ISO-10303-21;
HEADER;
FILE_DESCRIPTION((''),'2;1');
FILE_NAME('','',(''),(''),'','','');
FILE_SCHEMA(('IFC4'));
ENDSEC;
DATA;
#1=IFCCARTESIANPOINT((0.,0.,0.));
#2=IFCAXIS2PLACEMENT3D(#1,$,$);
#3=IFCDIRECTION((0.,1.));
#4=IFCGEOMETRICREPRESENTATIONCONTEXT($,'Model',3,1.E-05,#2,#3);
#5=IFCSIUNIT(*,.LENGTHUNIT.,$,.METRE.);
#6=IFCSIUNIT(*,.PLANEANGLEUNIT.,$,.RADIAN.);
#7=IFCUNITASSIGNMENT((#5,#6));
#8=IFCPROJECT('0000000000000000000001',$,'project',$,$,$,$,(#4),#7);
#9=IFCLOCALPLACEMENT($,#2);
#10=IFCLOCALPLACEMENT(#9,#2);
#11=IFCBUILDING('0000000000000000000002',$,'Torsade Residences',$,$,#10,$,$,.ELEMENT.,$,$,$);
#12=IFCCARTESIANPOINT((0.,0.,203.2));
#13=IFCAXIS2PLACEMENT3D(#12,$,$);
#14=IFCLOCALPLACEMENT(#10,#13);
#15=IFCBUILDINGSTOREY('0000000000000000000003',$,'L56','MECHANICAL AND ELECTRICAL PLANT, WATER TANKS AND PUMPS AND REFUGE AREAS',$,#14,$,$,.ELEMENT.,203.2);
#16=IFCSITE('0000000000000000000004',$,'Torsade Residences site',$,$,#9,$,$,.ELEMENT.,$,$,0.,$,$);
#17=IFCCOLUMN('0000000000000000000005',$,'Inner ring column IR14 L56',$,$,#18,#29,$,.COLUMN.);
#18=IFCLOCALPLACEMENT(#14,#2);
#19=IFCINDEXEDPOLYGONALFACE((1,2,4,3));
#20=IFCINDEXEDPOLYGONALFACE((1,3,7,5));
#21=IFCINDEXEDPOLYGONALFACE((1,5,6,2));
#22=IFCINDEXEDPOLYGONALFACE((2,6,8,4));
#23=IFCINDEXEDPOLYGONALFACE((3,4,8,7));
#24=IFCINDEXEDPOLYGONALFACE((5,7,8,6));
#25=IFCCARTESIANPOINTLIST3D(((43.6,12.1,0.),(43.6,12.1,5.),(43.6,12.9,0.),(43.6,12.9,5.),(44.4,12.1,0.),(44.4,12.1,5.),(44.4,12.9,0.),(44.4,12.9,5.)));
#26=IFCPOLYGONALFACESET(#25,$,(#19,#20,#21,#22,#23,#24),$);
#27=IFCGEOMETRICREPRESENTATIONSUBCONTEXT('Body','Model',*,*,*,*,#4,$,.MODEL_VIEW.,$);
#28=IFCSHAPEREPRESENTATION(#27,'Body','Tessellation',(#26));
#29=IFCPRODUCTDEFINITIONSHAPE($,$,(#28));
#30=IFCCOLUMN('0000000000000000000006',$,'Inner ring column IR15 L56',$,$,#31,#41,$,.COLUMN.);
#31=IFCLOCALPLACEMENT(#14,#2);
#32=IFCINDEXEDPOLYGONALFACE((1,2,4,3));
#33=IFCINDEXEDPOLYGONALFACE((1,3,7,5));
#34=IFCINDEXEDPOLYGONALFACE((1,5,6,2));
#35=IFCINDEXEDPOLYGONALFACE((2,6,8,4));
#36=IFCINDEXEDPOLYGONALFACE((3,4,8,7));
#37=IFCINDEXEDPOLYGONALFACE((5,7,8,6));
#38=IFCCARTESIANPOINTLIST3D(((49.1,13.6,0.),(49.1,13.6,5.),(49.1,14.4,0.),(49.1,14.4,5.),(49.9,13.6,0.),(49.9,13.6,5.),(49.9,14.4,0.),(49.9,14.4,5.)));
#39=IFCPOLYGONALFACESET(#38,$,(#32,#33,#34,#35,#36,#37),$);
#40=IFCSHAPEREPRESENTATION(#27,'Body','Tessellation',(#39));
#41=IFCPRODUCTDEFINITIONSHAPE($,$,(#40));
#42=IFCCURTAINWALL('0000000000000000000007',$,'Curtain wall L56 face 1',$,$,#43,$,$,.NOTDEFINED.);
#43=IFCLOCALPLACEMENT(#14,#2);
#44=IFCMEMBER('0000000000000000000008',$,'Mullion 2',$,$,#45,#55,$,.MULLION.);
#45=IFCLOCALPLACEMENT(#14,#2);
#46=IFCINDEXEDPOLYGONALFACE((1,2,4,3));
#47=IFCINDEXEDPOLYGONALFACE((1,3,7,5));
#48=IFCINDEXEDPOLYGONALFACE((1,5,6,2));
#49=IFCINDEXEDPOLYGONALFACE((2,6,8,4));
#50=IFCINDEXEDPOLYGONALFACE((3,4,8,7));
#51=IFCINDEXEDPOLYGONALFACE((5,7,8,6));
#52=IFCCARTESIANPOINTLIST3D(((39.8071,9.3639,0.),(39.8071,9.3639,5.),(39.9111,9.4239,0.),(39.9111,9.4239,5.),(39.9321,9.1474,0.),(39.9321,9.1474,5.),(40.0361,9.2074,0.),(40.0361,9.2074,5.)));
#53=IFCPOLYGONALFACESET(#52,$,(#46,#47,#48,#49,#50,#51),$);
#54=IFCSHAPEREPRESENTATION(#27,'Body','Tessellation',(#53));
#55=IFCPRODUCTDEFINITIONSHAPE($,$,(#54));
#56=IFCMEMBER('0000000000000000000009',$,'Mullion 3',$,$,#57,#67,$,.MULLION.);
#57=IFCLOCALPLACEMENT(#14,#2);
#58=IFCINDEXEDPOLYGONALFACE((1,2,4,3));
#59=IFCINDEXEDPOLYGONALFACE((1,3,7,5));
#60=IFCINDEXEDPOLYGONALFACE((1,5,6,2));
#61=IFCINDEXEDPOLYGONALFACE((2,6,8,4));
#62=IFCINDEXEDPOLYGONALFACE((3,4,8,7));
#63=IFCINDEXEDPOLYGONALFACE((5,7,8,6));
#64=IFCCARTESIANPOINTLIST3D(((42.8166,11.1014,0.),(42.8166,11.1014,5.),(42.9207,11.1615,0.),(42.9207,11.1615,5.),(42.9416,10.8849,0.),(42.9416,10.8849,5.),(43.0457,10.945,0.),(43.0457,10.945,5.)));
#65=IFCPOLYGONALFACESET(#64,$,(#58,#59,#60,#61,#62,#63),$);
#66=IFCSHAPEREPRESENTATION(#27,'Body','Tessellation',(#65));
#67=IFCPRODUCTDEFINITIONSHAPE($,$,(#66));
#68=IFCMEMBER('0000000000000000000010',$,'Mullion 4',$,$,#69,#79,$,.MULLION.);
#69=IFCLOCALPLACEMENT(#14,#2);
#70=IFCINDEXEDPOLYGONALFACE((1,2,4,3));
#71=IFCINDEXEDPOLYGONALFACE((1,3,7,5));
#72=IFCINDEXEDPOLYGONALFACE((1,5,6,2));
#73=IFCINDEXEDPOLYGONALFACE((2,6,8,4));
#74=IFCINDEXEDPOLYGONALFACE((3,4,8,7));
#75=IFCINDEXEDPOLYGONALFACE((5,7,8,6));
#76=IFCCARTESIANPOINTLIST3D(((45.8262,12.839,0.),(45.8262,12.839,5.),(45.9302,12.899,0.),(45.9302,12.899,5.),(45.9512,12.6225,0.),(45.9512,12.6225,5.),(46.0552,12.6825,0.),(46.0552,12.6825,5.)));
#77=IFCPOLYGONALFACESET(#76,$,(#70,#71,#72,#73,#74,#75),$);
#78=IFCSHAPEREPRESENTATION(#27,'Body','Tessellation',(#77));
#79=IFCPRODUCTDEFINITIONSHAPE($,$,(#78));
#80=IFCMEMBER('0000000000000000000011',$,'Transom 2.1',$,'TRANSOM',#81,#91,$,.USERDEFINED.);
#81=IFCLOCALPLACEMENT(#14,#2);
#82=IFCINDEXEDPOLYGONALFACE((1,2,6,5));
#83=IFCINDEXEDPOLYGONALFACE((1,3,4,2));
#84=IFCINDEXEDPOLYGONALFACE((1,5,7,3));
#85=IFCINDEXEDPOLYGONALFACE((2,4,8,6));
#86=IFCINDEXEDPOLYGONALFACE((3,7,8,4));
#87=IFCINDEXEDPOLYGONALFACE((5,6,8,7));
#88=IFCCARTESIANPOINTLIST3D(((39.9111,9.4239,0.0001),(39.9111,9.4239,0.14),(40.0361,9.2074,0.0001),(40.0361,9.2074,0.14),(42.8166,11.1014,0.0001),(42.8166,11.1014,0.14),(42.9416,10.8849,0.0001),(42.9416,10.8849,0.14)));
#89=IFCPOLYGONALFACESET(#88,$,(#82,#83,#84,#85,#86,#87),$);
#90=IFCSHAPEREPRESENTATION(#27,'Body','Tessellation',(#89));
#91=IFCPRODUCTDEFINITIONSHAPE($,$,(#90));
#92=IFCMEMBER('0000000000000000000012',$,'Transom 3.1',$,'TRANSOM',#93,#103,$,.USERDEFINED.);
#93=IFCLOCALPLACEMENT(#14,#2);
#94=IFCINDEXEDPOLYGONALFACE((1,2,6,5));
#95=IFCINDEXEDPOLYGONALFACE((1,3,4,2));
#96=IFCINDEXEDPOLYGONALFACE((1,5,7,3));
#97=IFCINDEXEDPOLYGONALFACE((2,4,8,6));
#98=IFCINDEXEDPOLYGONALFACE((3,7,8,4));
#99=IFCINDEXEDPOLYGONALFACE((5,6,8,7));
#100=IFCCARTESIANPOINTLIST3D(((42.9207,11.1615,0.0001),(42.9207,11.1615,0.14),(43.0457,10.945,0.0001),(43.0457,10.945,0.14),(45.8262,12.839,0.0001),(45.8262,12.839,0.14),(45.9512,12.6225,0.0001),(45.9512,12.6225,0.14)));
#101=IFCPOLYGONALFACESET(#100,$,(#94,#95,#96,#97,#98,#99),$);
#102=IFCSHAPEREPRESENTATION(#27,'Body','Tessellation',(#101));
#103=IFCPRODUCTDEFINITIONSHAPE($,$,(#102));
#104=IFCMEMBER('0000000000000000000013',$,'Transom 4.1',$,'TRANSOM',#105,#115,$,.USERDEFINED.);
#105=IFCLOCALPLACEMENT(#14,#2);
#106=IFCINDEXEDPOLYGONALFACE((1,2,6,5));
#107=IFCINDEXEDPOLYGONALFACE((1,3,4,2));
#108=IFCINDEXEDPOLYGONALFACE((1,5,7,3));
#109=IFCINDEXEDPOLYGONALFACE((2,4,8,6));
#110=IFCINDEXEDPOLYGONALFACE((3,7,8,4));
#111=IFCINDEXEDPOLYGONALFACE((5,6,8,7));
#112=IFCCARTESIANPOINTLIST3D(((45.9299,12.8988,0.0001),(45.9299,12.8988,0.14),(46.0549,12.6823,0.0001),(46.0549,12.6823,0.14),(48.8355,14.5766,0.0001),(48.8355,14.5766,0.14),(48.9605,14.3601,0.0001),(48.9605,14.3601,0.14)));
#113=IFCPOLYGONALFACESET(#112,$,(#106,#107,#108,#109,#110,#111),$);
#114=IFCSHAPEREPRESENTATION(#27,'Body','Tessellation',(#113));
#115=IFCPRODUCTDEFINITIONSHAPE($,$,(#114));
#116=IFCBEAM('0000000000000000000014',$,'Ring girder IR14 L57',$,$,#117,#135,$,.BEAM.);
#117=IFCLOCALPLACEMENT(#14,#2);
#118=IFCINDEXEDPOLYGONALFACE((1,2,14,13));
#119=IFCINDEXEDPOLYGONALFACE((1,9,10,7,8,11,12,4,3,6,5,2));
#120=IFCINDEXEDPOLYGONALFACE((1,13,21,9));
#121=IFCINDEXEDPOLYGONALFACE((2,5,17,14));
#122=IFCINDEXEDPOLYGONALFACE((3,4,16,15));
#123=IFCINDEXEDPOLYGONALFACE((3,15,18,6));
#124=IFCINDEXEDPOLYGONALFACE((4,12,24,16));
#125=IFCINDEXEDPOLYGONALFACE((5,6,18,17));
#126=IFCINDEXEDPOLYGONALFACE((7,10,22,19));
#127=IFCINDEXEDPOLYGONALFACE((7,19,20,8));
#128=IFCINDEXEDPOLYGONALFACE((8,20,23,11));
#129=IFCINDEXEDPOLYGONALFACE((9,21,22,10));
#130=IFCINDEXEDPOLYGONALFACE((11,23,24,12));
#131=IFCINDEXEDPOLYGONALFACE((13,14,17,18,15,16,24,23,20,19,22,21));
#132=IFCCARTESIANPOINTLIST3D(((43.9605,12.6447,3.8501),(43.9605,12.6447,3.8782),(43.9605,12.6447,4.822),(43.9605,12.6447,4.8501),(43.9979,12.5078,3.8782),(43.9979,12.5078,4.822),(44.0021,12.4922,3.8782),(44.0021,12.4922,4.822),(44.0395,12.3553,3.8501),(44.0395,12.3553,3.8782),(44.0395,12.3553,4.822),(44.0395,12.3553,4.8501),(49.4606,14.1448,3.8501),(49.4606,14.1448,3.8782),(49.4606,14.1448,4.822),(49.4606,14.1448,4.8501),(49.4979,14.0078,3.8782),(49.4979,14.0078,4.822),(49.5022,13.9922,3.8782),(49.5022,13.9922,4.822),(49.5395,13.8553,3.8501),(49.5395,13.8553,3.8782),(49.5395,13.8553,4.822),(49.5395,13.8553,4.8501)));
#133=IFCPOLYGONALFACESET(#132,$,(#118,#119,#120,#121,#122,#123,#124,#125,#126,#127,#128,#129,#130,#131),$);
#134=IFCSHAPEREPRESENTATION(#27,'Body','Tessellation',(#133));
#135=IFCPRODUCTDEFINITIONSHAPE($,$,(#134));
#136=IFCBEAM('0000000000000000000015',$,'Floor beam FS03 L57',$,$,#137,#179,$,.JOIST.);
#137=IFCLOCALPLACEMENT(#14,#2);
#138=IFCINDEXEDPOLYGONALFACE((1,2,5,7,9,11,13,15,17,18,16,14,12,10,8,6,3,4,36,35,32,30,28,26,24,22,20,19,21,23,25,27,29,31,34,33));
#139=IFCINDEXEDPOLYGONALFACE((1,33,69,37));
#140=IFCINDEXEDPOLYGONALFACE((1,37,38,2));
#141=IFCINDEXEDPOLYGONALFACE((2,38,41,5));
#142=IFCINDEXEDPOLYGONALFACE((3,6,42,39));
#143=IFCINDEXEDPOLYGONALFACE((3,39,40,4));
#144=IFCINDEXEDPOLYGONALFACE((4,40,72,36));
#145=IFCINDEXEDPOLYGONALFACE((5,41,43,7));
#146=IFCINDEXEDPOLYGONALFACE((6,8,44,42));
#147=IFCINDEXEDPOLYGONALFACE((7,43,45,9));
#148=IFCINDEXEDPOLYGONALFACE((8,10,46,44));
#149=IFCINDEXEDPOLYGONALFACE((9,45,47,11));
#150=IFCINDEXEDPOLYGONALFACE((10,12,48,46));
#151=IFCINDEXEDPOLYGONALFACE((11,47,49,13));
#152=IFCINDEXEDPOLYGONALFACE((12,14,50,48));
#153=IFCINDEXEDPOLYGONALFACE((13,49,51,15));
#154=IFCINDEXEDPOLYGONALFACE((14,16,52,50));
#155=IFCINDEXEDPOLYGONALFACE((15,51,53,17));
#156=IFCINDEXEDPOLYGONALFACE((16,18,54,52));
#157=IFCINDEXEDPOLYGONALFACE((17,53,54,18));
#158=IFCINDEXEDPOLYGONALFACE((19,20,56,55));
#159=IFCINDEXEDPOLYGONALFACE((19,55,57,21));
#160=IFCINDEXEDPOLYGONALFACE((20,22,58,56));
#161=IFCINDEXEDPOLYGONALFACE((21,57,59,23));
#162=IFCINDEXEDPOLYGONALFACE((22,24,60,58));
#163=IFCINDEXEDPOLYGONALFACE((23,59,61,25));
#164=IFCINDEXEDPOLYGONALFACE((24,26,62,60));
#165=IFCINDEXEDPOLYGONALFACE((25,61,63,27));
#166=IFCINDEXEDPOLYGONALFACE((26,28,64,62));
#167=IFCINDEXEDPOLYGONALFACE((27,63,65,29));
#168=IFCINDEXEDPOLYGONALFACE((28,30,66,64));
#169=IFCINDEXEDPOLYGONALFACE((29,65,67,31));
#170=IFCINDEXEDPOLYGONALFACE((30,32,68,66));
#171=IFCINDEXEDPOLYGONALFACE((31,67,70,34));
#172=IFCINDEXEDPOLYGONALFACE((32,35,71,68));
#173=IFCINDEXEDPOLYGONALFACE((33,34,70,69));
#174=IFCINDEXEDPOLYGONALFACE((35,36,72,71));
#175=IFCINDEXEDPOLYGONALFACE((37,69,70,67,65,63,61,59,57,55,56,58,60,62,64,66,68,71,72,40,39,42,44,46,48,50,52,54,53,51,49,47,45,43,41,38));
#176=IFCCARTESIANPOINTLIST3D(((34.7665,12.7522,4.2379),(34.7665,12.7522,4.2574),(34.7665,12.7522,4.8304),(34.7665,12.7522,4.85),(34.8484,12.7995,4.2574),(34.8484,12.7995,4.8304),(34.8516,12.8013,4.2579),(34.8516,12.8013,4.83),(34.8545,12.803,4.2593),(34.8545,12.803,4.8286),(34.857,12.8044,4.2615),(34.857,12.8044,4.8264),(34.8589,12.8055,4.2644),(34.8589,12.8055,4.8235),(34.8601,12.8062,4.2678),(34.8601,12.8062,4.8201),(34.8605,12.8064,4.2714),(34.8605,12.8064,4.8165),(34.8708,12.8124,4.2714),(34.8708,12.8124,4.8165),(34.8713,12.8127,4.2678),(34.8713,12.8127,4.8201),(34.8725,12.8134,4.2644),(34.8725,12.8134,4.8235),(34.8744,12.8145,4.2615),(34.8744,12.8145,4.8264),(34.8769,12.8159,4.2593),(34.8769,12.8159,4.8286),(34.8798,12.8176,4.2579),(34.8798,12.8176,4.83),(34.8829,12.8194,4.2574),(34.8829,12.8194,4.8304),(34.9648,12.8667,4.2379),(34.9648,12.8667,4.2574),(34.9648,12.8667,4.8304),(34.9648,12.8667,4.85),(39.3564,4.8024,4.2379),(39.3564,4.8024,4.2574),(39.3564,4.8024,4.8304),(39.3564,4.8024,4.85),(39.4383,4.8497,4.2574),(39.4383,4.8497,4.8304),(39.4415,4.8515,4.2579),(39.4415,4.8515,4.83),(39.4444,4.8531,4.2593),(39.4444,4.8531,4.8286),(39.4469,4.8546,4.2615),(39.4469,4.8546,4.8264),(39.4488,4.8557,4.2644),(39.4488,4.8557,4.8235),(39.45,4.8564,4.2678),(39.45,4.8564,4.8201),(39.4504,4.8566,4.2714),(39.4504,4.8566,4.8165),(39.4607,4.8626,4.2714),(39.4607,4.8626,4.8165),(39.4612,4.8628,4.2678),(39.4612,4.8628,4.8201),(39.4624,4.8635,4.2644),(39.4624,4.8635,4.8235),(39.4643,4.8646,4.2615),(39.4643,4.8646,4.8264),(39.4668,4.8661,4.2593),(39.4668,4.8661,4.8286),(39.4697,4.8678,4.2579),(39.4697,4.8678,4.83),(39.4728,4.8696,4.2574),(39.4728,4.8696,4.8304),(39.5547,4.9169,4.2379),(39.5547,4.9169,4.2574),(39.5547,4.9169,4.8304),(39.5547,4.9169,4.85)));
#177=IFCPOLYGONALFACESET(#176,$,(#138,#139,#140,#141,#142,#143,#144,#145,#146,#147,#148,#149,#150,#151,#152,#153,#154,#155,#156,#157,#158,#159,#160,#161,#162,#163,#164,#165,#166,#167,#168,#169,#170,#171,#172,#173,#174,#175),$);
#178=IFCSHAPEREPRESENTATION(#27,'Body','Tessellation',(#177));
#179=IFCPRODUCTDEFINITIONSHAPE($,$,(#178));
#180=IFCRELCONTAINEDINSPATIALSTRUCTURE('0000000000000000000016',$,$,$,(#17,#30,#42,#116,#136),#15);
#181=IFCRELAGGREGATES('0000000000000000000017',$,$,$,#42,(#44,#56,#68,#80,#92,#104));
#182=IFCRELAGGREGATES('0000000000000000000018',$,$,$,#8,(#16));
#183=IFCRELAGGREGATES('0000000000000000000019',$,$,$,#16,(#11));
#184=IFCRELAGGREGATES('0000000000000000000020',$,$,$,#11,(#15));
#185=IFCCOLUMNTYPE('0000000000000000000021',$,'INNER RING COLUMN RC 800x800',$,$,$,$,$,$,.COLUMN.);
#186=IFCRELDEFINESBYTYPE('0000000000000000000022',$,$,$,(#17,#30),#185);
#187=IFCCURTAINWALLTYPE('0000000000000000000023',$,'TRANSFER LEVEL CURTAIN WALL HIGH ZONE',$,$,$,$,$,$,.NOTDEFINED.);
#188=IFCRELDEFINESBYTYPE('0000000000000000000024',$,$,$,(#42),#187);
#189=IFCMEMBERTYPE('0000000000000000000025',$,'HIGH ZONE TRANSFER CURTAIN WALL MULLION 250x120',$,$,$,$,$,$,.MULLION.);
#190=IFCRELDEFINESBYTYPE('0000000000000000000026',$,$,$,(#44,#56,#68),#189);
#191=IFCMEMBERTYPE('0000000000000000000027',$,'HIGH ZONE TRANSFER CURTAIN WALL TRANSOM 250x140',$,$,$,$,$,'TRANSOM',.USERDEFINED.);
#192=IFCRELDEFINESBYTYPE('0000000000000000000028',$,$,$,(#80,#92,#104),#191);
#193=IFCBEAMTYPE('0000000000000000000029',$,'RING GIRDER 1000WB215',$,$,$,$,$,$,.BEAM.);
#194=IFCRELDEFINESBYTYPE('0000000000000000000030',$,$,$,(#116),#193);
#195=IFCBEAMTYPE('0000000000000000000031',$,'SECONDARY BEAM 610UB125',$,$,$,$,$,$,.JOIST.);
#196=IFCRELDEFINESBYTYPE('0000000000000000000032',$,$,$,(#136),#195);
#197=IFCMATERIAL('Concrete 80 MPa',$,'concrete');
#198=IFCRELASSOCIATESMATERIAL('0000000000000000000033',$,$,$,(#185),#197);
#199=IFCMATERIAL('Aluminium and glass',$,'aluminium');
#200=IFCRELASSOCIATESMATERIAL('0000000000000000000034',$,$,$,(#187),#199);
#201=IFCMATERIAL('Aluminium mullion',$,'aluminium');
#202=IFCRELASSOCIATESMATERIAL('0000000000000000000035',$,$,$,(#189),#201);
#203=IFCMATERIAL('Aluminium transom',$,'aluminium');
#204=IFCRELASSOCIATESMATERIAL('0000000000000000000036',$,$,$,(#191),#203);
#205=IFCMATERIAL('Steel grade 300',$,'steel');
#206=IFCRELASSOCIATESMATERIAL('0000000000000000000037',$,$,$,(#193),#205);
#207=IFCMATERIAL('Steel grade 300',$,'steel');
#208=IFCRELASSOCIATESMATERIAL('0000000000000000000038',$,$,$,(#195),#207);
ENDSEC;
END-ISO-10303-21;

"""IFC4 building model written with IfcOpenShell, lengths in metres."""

from ifc_helpers import new_model, si_unit, direction, frame, origin, origin_2d, place, context, subcontext, project, spatial, rectangle, i_section, extrude, material, material_profile, profile_set, type_object, element, aggregate, save


model = new_model("IFC4")

# Units and contexts
model_context = context("Model", 3, precision=1e-05, world=origin(), true_north=direction((0.0, 1.0)))
body_context = subcontext(model_context, "Body", "Model", "MODEL_VIEW")
ifc_project = project(units=[si_unit("LENGTHUNIT", "METRE"), si_unit("PLANEANGLEUNIT", "RADIAN")], contexts=[model_context])

# Site, building, storey
site_placement = place(None, origin())
site = spatial("IfcSite", under=ifc_project, at=site_placement, Name="Torsade Residences site", CompositionType="ELEMENT", RefElevation=0.0)
building_placement = place(site_placement, origin())
building = spatial("IfcBuilding", under=site, at=building_placement, Name="Torsade Residences", CompositionType="ELEMENT")
storey_placement = place(building_placement, frame((0.0, 0.0, 203.2)))
storey = spatial("IfcBuildingStorey", under=building, at=storey_placement, Name="L56", Description="MECHANICAL AND ELECTRICAL PLANT, WATER TANKS AND PUMPS AND REFUGE AREAS", CompositionType="ELEMENT", Elevation=203.2)

# Columns
ifc_material_1 = material(Name="Concrete 80 MPa", Category="concrete")
ifc_material_profile_1 = material_profile(ifc_material_1, rectangle(XDim=0.8, YDim=0.8, at=origin_2d()), Name="RC 800x800")
ifc_profile_set_1 = profile_set([ifc_material_profile_1], Name="Concrete 80 MPa")
column_type = type_object("IfcColumnType", Name="INNER RING COLUMN RC 800x800", PredefinedType="COLUMN", material=ifc_profile_set_1)
for number, where, z_axis, x_axis, name in (
    (1, (44.0, 12.5, 0.0), (0.0, 0.0, 1.0), (1.0, 0.0, 0.0), "Inner ring column IR14 L56"),
    (2, (49.5, 14.0, 0.0), (0.0, 0.0, 1.0), (1.0, 0.0, 0.0), "Inner ring column IR15 L56"),
):
    element("IfcColumn", number, at=place(storey_placement, frame(where, z_axis=z_axis, x_axis=x_axis)), inside=storey, type_object=column_type, Name=name, PredefinedType="COLUMN", context=body_context, shape_type="SweptSolid", body=[
        extrude(rectangle(XDim=0.8, YDim=0.8, at=origin_2d()), origin(), (0.0, 0.0, 1.0), 5.0),
    ])

# Curtain wall, members
ifc_material_2 = material(Name="Aluminium and glass", Category="aluminium")
curtain_wall_type = type_object("IfcCurtainWallType", Name="TRANSFER LEVEL CURTAIN WALL HIGH ZONE", PredefinedType="NOTDEFINED", material=ifc_material_2)
curtain_wall_placement = place(storey_placement, origin())
curtain_wall = element("IfcCurtainWall", 3, at=curtain_wall_placement, inside=storey, type_object=curtain_wall_type, Name="Curtain wall L56 face 1", PredefinedType="NOTDEFINED")
ifc_material_3 = material(Name="Aluminium mullion", Category="aluminium")
ifc_material_profile_2 = material_profile(ifc_material_3, rectangle(XDim=0.25, YDim=0.1201, at=origin_2d()), Name="HIGH ZONE TRANSFER CURTAIN WALL MULLION 250x120")
ifc_profile_set_2 = profile_set([ifc_material_profile_2], Name="Aluminium mullion")
member_type_1 = type_object("IfcMemberType", Name="HIGH ZONE TRANSFER CURTAIN WALL MULLION 250x120", PredefinedType="MULLION", material=ifc_profile_set_2)
member_1_placement = place(storey_placement, frame((39.9216, 9.2856, 0.0), z_axis=(0.0, 0.0, 1.0), x_axis=(-0.5, 0.866025, 0.0)))
member_1 = element("IfcMember", 4, at=member_1_placement, type_object=member_type_1, Name="Mullion 2", PredefinedType="MULLION", context=body_context, shape_type="SweptSolid", body=[
    extrude(rectangle(XDim=0.25, YDim=0.1201, at=origin_2d()), origin(), (0.0, 0.0, 1.0), 5.0),
])
member_2_placement = place(storey_placement, frame((42.9312, 11.0232, 0.0), z_axis=(0.0, 0.0, 1.0), x_axis=(-0.5, 0.866025, 0.0)))
member_2 = element("IfcMember", 5, at=member_2_placement, type_object=member_type_1, Name="Mullion 3", PredefinedType="MULLION", context=body_context, shape_type="SweptSolid", body=[
    extrude(rectangle(XDim=0.25, YDim=0.1201, at=origin_2d()), origin(), (0.0, 0.0, 1.0), 5.0),
])
member_3_placement = place(storey_placement, frame((45.9407, 12.7607, 0.0), z_axis=(0.0, 0.0, 1.0), x_axis=(-0.5, 0.866025, 0.0)))
member_3 = element("IfcMember", 6, at=member_3_placement, type_object=member_type_1, Name="Mullion 4", PredefinedType="MULLION", context=body_context, shape_type="SweptSolid", body=[
    extrude(rectangle(XDim=0.25, YDim=0.1201, at=origin_2d()), origin(), (0.0, 0.0, 1.0), 5.0),
])
ifc_material_4 = material(Name="Aluminium transom", Category="aluminium")
ifc_material_profile_3 = material_profile(ifc_material_4, rectangle(XDim=0.25, YDim=0.1399, at=origin_2d()), Name="HIGH ZONE TRANSFER CURTAIN WALL TRANSOM 250x140")
ifc_profile_set_3 = profile_set([ifc_material_profile_3], Name="Aluminium transom")
member_type_2 = type_object("IfcMemberType", Name="HIGH ZONE TRANSFER CURTAIN WALL TRANSOM 250x140", ElementType="TRANSOM", PredefinedType="USERDEFINED", material=ifc_profile_set_3)
member_4_placement = place(storey_placement, frame((39.9736, 9.3157, 0.0701), z_axis=(0.866027, 0.499998, 0.0), x_axis=(-0.499998, 0.866027, 0.0)))
member_4 = element("IfcMember", 7, at=member_4_placement, type_object=member_type_2, Name="Transom 2.1", ObjectType="TRANSOM", PredefinedType="USERDEFINED", context=body_context, shape_type="SweptSolid", body=[
    extrude(rectangle(XDim=0.25, YDim=0.1399, at=origin_2d()), origin(), (0.0, 0.0, 1.0), 3.355),
])
member_5_placement = place(storey_placement, frame((42.9832, 11.0532, 0.0701), z_axis=(0.866027, 0.499998, 0.0), x_axis=(-0.499998, 0.866027, 0.0)))
member_5 = element("IfcMember", 8, at=member_5_placement, type_object=member_type_2, Name="Transom 3.1", ObjectType="TRANSOM", PredefinedType="USERDEFINED", context=body_context, shape_type="SweptSolid", body=[
    extrude(rectangle(XDim=0.25, YDim=0.1399, at=origin_2d()), origin(), (0.0, 0.0, 1.0), 3.355),
])
member_6_placement = place(storey_placement, frame((45.9924, 12.7905, 0.0701), z_axis=(0.865995, 0.500052, 0.0), x_axis=(-0.500052, 0.865995, 0.0)))
member_6 = element("IfcMember", 9, at=member_6_placement, type_object=member_type_2, Name="Transom 4.1", ObjectType="TRANSOM", PredefinedType="USERDEFINED", context=body_context, shape_type="SweptSolid", body=[
    extrude(rectangle(XDim=0.25, YDim=0.1399, at=origin_2d()), origin(), (0.0, 0.0, 1.0), 3.3552),
])

# Beams
ifc_material_5 = material(Name="Steel grade 300", Category="steel")
ifc_material_profile_4 = material_profile(ifc_material_5, i_section(OverallWidth=0.3, OverallDepth=1.0, WebThickness=0.0161, FlangeThickness=0.0281, at=origin_2d()), Name="1000WB215")
ifc_profile_set_4 = profile_set([ifc_material_profile_4], Name="Steel grade 300")
beam_type_1 = type_object("IfcBeamType", Name="RING GIRDER 1000WB215", PredefinedType="BEAM", material=ifc_profile_set_4)
beam_1_placement = place(storey_placement, frame((44.0, 12.5, 4.3501), z_axis=(0.964764, 0.263117, 0.0), x_axis=(-0.263117, 0.964764, 0.0)))
element("IfcBeam", 10, at=beam_1_placement, inside=storey, type_object=beam_type_1, Name="Ring girder IR14 L57", PredefinedType="BEAM", context=body_context, shape_type="SweptSolid", body=[
    extrude(i_section(OverallWidth=0.3, OverallDepth=1.0, WebThickness=0.0161, FlangeThickness=0.0281, at=origin_2d()), origin(), (0.0, 0.0, 1.0), 5.7009),
])
ifc_material_6 = material(Name="Steel grade 300", Category="steel")
ifc_material_profile_5 = material_profile(ifc_material_6, i_section(OverallWidth=0.229, OverallDepth=0.6121, WebThickness=0.012, FlangeThickness=0.0195, FilletRadius=0.0139, at=origin_2d()), Name="610UB125")
ifc_profile_set_5 = profile_set([ifc_material_profile_5], Name="Steel grade 300")
beam_type_2 = type_object("IfcBeamType", Name="SECONDARY BEAM 610UB125", PredefinedType="JOIST", material=ifc_profile_set_5)
beam_2_placement = place(storey_placement, frame((39.4556, 4.8596, 4.5439), z_axis=(-0.500006, 0.866022, 0.0), x_axis=(-0.866022, -0.500006, 0.0)))
element("IfcBeam", 11, at=beam_2_placement, inside=storey, type_object=beam_type_2, Name="Floor beam FS03 L57", PredefinedType="JOIST", context=body_context, shape_type="SweptSolid", body=[
    extrude(i_section(OverallWidth=0.229, OverallDepth=0.6121, WebThickness=0.012, FlangeThickness=0.0195, FilletRadius=0.0139, at=origin_2d()), origin(), (0.0, 0.0, 1.0), 9.1797),
])

aggregate(curtain_wall, [member_1, member_2, member_3, member_4, member_5, member_6])

save(model, "model.ifc")
